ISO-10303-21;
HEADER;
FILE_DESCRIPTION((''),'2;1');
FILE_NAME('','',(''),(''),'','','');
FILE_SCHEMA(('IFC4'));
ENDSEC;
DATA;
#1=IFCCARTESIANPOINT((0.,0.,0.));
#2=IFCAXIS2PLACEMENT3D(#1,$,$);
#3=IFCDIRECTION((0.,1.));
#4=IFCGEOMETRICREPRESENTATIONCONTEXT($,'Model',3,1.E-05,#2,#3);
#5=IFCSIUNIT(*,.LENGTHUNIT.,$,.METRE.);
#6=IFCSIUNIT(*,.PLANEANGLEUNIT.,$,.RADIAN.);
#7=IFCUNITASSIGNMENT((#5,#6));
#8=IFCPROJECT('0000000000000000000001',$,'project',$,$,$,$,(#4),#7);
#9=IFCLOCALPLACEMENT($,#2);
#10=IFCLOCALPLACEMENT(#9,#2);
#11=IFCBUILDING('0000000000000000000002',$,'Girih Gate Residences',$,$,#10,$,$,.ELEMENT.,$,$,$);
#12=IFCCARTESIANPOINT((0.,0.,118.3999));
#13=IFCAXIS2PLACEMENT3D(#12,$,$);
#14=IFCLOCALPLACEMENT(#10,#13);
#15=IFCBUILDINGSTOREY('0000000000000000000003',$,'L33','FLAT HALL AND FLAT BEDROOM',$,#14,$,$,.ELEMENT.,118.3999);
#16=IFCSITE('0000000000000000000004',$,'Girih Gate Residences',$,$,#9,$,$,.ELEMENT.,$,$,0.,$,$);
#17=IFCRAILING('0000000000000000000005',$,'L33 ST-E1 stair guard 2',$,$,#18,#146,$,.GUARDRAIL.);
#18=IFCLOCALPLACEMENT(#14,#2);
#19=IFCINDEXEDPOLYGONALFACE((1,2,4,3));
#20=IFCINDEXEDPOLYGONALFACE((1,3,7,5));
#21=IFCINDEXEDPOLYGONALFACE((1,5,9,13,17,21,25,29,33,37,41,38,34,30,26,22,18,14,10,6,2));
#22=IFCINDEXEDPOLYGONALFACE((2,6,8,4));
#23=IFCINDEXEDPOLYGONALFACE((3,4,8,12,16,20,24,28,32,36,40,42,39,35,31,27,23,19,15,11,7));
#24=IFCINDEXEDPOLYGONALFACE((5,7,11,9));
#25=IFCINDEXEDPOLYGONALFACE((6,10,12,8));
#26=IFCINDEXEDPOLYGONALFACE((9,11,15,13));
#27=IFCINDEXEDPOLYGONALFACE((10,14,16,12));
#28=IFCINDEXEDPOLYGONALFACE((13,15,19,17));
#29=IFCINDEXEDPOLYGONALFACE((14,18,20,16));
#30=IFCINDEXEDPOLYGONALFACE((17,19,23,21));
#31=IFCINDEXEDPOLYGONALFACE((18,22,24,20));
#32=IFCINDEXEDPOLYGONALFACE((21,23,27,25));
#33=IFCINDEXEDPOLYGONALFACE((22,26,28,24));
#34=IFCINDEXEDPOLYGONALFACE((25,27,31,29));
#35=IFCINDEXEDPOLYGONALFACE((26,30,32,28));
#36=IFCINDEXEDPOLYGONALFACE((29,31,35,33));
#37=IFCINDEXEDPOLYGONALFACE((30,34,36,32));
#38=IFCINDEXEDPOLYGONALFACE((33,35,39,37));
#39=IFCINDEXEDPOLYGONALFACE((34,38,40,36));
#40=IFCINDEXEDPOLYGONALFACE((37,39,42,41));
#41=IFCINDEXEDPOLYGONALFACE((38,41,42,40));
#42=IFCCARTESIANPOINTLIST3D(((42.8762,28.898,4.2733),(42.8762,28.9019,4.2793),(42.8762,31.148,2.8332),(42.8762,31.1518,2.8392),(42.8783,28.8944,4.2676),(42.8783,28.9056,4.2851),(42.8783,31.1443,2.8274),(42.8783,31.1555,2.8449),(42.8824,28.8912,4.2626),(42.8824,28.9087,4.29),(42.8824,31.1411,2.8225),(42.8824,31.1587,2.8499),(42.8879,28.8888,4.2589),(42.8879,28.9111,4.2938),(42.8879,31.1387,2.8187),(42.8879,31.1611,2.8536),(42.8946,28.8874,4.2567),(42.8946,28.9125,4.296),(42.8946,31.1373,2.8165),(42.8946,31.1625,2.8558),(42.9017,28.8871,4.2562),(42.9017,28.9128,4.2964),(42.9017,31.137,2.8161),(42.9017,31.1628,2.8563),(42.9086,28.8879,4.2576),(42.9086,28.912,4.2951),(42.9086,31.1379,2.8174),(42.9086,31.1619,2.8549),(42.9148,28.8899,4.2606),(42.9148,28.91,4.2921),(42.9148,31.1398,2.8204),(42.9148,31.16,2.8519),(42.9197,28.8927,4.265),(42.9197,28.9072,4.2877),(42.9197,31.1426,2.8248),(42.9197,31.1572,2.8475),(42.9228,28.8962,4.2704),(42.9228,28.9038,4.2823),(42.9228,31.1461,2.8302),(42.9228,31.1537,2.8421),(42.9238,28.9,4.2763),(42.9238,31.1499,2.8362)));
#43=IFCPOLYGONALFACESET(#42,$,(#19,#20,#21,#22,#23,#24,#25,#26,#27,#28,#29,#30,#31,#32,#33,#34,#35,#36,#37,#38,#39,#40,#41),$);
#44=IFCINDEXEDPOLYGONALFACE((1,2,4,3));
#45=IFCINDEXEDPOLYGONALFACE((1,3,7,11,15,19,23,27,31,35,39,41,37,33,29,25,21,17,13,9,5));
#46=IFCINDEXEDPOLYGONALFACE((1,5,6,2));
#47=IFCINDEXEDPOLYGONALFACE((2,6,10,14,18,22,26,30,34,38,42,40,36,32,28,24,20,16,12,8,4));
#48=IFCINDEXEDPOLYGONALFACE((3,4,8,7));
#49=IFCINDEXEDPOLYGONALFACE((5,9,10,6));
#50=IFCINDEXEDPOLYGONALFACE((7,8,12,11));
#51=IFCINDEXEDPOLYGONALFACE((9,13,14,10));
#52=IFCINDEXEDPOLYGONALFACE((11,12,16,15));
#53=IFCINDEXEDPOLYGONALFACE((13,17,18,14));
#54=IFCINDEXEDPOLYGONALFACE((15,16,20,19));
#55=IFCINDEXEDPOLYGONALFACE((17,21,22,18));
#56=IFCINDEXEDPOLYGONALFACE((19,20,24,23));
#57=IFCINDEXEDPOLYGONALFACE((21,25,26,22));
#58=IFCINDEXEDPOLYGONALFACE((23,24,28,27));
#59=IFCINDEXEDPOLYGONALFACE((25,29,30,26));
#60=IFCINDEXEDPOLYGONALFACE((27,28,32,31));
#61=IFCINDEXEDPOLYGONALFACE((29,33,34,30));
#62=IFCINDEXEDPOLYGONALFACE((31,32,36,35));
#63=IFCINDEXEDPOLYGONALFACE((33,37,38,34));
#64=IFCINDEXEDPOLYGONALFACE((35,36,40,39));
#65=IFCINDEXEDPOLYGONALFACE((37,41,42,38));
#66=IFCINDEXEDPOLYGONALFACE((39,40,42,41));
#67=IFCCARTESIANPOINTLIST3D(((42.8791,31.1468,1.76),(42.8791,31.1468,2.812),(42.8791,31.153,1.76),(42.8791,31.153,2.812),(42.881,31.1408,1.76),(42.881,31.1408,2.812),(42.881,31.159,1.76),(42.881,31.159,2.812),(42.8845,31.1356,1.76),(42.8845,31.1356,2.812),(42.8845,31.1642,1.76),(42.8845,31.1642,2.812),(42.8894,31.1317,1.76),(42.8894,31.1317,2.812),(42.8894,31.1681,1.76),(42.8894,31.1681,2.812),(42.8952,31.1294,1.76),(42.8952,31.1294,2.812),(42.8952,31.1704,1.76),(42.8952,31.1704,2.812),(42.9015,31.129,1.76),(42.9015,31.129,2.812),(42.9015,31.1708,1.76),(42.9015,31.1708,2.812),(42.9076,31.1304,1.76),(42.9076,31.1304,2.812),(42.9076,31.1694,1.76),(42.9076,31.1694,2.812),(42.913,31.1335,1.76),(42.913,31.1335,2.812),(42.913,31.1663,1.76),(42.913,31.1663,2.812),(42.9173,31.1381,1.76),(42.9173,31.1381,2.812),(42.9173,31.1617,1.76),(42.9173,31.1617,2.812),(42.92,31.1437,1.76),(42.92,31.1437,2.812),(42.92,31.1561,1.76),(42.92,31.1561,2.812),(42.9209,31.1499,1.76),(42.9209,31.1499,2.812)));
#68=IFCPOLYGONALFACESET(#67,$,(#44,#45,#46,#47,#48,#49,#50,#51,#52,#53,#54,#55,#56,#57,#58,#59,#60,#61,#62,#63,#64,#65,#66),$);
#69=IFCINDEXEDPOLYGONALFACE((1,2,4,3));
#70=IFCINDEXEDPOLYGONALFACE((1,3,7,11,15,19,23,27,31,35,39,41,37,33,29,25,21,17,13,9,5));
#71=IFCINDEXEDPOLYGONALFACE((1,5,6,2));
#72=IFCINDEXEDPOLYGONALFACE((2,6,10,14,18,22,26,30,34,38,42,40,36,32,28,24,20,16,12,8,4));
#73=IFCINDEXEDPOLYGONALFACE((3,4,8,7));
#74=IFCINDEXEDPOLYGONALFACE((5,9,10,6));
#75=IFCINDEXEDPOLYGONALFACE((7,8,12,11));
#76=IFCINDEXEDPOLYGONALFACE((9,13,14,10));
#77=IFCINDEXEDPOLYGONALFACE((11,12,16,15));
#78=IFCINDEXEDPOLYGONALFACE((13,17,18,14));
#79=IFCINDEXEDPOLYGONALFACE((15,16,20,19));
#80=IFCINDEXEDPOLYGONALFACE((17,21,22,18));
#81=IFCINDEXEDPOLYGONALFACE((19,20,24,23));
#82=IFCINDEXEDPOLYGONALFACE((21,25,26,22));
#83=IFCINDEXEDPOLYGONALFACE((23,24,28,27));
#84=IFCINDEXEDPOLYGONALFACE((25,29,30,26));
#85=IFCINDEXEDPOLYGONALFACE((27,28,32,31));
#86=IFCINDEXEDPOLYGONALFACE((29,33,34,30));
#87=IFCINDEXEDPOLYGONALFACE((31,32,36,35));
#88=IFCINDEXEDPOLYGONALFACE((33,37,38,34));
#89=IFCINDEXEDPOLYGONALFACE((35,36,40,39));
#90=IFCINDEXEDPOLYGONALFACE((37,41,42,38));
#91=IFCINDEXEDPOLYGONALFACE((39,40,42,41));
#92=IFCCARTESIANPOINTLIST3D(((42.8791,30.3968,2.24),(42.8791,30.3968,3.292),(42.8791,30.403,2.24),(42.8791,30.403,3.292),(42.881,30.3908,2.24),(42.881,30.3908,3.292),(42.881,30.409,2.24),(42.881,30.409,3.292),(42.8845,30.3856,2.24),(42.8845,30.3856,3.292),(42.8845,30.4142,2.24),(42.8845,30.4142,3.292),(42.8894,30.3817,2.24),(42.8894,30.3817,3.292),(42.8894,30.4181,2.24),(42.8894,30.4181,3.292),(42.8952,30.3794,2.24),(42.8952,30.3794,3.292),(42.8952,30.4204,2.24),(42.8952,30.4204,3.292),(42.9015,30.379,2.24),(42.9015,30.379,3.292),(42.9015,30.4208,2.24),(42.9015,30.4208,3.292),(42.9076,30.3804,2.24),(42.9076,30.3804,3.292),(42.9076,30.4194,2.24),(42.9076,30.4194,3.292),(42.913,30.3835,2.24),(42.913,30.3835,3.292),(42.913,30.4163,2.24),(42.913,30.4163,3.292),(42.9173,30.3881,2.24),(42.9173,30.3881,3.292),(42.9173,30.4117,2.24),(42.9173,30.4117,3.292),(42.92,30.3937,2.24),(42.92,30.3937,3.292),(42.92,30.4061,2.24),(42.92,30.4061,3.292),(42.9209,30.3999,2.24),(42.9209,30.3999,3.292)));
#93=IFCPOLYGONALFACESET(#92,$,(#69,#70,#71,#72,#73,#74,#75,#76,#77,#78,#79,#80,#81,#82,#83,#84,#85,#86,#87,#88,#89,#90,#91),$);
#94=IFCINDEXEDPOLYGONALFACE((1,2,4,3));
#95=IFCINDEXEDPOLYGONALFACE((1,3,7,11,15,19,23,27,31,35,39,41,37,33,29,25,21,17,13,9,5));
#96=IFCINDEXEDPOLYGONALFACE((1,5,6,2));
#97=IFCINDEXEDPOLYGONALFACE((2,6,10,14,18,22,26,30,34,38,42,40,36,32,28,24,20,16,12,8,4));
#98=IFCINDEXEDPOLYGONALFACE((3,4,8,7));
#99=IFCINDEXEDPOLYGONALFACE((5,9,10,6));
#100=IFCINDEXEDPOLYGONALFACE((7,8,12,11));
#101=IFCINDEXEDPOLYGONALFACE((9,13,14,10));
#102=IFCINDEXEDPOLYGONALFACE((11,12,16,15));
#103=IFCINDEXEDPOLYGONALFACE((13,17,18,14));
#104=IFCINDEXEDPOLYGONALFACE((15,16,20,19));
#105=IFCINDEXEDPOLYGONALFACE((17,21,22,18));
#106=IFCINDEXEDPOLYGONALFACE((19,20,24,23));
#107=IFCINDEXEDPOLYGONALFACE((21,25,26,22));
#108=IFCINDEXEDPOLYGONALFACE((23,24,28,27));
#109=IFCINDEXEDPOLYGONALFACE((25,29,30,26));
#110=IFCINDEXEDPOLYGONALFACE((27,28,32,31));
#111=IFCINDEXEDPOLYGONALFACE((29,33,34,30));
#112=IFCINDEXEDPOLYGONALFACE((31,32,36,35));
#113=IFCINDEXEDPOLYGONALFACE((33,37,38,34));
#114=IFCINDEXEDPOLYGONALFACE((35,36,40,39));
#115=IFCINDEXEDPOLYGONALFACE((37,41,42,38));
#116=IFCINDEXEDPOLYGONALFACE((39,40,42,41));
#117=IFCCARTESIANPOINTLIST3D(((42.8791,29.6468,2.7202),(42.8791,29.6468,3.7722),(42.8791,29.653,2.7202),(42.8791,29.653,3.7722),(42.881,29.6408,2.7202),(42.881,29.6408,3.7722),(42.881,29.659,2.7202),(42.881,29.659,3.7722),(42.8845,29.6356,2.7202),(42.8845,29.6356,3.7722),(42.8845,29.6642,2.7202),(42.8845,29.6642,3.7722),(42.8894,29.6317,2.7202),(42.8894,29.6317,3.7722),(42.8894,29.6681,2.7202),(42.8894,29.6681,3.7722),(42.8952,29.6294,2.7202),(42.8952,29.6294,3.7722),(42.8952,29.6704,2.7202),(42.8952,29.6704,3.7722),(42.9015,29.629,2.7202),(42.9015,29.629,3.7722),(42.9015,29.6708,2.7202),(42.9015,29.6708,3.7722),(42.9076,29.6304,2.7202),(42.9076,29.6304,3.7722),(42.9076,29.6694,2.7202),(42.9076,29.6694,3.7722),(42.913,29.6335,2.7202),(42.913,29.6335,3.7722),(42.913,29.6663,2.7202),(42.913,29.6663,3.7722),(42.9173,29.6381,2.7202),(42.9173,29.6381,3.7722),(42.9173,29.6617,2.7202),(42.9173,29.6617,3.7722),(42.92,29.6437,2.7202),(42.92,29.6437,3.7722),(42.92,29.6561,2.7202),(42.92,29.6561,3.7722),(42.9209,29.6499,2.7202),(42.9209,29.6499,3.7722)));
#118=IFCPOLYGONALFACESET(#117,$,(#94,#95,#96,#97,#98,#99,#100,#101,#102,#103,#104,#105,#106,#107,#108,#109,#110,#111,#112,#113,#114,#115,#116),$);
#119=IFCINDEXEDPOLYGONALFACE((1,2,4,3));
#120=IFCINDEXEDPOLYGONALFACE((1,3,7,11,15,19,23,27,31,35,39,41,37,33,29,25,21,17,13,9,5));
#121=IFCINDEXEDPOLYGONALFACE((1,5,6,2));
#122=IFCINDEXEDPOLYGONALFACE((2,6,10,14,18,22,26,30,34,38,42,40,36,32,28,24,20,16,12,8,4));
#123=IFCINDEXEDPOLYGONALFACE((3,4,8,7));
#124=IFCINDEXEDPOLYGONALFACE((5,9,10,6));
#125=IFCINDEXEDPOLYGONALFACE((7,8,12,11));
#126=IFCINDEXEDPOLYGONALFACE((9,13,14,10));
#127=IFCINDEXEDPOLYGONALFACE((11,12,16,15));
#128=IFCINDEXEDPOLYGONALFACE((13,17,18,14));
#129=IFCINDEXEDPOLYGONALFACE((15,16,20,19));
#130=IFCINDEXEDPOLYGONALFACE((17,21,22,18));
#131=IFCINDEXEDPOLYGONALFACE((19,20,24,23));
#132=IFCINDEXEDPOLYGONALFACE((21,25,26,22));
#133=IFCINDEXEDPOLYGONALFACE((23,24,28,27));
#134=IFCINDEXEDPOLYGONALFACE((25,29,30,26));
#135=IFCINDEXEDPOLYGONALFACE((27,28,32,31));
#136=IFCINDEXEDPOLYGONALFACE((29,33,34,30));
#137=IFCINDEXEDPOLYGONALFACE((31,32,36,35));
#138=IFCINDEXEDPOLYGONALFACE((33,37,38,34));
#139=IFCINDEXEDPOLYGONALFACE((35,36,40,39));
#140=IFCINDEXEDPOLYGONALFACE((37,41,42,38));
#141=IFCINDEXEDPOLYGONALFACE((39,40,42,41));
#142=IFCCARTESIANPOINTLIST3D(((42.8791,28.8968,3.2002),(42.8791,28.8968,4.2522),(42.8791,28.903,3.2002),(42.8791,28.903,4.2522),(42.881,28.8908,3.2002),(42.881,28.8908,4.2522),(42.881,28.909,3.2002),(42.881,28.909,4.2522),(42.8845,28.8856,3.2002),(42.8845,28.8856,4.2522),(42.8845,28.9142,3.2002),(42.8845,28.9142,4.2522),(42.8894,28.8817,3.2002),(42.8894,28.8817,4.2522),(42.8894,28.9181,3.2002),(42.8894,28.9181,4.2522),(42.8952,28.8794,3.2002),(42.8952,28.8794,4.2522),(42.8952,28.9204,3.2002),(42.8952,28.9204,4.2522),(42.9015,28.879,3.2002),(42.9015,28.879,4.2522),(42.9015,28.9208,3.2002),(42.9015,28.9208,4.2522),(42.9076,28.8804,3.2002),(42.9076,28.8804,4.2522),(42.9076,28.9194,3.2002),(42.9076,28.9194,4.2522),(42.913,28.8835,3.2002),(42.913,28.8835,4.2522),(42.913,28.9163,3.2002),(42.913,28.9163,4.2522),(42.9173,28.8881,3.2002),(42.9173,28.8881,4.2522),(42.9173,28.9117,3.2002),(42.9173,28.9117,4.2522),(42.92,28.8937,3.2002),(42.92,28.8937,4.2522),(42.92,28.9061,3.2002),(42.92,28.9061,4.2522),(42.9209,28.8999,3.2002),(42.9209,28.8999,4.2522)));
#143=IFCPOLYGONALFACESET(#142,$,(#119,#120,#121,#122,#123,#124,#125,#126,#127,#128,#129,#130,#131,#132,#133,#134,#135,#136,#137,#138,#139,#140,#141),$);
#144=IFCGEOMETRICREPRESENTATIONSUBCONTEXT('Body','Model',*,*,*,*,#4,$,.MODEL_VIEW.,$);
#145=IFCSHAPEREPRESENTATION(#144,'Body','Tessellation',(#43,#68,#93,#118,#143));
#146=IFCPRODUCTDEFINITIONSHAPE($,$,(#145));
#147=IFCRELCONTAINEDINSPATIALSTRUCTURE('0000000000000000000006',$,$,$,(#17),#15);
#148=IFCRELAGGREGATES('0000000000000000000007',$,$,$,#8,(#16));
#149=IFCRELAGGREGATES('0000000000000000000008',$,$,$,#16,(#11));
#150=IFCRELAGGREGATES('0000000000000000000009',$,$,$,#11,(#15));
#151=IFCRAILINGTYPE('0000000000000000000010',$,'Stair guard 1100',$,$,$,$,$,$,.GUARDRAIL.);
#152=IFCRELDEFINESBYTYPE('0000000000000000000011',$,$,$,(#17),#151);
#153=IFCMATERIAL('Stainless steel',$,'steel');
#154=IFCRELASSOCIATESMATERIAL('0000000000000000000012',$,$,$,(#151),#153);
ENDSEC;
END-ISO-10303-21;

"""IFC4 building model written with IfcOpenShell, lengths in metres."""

from ifc_helpers import new_model, si_unit, direction, frame, origin, origin_2d, place, context, subcontext, project, spatial, circle, extrude, material, type_object, element, save


model = new_model("IFC4")

# Units and contexts
model_context = context("Model", 3, precision=1e-05, world=origin(), true_north=direction((0.0, 1.0)))
body_context = subcontext(model_context, "Body", "Model", "MODEL_VIEW")
ifc_project = project(units=[si_unit("LENGTHUNIT", "METRE"), si_unit("PLANEANGLEUNIT", "RADIAN")], contexts=[model_context])

# Site, building, storey
site_placement = place(None, origin())
site = spatial("IfcSite", under=ifc_project, at=site_placement, Name="Girih Gate Residences", CompositionType="ELEMENT", RefElevation=0.0)
building_placement = place(site_placement, origin())
building = spatial("IfcBuilding", under=site, at=building_placement, Name="Girih Gate Residences", CompositionType="ELEMENT")
storey_placement = place(building_placement, frame((0.0, 0.0, 118.3999)))
storey = spatial("IfcBuildingStorey", under=building, at=storey_placement, Name="L33", Description="FLAT HALL AND FLAT BEDROOM", CompositionType="ELEMENT", Elevation=118.3999)

# Railing
ifc_material_1 = material(Name="Stainless steel", Category="steel")
railing_type_1 = type_object("IfcRailingType", Name="Stair guard 1100", PredefinedType="GUARDRAIL", material=ifc_material_1)
railing_1_placement = place(storey_placement, frame((42.8999, 31.1499, 1.76)))
element("IfcRailing", 1, at=railing_1_placement, inside=storey, type_object=railing_type_1, Name="L33 ST-E1 stair guard 2", PredefinedType="GUARDRAIL", context=body_context, shape_type="SweptSolid", body=[
    extrude(circle(Radius=0.0239, at=origin_2d()), frame((0.0, 0.0, 1.0762), z_axis=(0.0, -0.84224, 0.539103), x_axis=(1.0, 0.0, 0.0)), (0.0, 0.0, 1.0), 2.6714),
    extrude(circle(Radius=0.021, at=origin_2d()), origin(), (0.0, 0.0, 1.0), 1.052),
    extrude(circle(Radius=0.021, at=origin_2d()), frame((0.0, -0.75, 0.48)), (0.0, 0.0, 1.0), 1.052),
    extrude(circle(Radius=0.021, at=origin_2d()), frame((0.0, -1.5, 0.9602)), (0.0, 0.0, 1.0), 1.052),
    extrude(circle(Radius=0.021, at=origin_2d()), frame((0.0, -2.25, 1.4402)), (0.0, 0.0, 1.0), 1.052),
])

save(model, "model.ifc")
